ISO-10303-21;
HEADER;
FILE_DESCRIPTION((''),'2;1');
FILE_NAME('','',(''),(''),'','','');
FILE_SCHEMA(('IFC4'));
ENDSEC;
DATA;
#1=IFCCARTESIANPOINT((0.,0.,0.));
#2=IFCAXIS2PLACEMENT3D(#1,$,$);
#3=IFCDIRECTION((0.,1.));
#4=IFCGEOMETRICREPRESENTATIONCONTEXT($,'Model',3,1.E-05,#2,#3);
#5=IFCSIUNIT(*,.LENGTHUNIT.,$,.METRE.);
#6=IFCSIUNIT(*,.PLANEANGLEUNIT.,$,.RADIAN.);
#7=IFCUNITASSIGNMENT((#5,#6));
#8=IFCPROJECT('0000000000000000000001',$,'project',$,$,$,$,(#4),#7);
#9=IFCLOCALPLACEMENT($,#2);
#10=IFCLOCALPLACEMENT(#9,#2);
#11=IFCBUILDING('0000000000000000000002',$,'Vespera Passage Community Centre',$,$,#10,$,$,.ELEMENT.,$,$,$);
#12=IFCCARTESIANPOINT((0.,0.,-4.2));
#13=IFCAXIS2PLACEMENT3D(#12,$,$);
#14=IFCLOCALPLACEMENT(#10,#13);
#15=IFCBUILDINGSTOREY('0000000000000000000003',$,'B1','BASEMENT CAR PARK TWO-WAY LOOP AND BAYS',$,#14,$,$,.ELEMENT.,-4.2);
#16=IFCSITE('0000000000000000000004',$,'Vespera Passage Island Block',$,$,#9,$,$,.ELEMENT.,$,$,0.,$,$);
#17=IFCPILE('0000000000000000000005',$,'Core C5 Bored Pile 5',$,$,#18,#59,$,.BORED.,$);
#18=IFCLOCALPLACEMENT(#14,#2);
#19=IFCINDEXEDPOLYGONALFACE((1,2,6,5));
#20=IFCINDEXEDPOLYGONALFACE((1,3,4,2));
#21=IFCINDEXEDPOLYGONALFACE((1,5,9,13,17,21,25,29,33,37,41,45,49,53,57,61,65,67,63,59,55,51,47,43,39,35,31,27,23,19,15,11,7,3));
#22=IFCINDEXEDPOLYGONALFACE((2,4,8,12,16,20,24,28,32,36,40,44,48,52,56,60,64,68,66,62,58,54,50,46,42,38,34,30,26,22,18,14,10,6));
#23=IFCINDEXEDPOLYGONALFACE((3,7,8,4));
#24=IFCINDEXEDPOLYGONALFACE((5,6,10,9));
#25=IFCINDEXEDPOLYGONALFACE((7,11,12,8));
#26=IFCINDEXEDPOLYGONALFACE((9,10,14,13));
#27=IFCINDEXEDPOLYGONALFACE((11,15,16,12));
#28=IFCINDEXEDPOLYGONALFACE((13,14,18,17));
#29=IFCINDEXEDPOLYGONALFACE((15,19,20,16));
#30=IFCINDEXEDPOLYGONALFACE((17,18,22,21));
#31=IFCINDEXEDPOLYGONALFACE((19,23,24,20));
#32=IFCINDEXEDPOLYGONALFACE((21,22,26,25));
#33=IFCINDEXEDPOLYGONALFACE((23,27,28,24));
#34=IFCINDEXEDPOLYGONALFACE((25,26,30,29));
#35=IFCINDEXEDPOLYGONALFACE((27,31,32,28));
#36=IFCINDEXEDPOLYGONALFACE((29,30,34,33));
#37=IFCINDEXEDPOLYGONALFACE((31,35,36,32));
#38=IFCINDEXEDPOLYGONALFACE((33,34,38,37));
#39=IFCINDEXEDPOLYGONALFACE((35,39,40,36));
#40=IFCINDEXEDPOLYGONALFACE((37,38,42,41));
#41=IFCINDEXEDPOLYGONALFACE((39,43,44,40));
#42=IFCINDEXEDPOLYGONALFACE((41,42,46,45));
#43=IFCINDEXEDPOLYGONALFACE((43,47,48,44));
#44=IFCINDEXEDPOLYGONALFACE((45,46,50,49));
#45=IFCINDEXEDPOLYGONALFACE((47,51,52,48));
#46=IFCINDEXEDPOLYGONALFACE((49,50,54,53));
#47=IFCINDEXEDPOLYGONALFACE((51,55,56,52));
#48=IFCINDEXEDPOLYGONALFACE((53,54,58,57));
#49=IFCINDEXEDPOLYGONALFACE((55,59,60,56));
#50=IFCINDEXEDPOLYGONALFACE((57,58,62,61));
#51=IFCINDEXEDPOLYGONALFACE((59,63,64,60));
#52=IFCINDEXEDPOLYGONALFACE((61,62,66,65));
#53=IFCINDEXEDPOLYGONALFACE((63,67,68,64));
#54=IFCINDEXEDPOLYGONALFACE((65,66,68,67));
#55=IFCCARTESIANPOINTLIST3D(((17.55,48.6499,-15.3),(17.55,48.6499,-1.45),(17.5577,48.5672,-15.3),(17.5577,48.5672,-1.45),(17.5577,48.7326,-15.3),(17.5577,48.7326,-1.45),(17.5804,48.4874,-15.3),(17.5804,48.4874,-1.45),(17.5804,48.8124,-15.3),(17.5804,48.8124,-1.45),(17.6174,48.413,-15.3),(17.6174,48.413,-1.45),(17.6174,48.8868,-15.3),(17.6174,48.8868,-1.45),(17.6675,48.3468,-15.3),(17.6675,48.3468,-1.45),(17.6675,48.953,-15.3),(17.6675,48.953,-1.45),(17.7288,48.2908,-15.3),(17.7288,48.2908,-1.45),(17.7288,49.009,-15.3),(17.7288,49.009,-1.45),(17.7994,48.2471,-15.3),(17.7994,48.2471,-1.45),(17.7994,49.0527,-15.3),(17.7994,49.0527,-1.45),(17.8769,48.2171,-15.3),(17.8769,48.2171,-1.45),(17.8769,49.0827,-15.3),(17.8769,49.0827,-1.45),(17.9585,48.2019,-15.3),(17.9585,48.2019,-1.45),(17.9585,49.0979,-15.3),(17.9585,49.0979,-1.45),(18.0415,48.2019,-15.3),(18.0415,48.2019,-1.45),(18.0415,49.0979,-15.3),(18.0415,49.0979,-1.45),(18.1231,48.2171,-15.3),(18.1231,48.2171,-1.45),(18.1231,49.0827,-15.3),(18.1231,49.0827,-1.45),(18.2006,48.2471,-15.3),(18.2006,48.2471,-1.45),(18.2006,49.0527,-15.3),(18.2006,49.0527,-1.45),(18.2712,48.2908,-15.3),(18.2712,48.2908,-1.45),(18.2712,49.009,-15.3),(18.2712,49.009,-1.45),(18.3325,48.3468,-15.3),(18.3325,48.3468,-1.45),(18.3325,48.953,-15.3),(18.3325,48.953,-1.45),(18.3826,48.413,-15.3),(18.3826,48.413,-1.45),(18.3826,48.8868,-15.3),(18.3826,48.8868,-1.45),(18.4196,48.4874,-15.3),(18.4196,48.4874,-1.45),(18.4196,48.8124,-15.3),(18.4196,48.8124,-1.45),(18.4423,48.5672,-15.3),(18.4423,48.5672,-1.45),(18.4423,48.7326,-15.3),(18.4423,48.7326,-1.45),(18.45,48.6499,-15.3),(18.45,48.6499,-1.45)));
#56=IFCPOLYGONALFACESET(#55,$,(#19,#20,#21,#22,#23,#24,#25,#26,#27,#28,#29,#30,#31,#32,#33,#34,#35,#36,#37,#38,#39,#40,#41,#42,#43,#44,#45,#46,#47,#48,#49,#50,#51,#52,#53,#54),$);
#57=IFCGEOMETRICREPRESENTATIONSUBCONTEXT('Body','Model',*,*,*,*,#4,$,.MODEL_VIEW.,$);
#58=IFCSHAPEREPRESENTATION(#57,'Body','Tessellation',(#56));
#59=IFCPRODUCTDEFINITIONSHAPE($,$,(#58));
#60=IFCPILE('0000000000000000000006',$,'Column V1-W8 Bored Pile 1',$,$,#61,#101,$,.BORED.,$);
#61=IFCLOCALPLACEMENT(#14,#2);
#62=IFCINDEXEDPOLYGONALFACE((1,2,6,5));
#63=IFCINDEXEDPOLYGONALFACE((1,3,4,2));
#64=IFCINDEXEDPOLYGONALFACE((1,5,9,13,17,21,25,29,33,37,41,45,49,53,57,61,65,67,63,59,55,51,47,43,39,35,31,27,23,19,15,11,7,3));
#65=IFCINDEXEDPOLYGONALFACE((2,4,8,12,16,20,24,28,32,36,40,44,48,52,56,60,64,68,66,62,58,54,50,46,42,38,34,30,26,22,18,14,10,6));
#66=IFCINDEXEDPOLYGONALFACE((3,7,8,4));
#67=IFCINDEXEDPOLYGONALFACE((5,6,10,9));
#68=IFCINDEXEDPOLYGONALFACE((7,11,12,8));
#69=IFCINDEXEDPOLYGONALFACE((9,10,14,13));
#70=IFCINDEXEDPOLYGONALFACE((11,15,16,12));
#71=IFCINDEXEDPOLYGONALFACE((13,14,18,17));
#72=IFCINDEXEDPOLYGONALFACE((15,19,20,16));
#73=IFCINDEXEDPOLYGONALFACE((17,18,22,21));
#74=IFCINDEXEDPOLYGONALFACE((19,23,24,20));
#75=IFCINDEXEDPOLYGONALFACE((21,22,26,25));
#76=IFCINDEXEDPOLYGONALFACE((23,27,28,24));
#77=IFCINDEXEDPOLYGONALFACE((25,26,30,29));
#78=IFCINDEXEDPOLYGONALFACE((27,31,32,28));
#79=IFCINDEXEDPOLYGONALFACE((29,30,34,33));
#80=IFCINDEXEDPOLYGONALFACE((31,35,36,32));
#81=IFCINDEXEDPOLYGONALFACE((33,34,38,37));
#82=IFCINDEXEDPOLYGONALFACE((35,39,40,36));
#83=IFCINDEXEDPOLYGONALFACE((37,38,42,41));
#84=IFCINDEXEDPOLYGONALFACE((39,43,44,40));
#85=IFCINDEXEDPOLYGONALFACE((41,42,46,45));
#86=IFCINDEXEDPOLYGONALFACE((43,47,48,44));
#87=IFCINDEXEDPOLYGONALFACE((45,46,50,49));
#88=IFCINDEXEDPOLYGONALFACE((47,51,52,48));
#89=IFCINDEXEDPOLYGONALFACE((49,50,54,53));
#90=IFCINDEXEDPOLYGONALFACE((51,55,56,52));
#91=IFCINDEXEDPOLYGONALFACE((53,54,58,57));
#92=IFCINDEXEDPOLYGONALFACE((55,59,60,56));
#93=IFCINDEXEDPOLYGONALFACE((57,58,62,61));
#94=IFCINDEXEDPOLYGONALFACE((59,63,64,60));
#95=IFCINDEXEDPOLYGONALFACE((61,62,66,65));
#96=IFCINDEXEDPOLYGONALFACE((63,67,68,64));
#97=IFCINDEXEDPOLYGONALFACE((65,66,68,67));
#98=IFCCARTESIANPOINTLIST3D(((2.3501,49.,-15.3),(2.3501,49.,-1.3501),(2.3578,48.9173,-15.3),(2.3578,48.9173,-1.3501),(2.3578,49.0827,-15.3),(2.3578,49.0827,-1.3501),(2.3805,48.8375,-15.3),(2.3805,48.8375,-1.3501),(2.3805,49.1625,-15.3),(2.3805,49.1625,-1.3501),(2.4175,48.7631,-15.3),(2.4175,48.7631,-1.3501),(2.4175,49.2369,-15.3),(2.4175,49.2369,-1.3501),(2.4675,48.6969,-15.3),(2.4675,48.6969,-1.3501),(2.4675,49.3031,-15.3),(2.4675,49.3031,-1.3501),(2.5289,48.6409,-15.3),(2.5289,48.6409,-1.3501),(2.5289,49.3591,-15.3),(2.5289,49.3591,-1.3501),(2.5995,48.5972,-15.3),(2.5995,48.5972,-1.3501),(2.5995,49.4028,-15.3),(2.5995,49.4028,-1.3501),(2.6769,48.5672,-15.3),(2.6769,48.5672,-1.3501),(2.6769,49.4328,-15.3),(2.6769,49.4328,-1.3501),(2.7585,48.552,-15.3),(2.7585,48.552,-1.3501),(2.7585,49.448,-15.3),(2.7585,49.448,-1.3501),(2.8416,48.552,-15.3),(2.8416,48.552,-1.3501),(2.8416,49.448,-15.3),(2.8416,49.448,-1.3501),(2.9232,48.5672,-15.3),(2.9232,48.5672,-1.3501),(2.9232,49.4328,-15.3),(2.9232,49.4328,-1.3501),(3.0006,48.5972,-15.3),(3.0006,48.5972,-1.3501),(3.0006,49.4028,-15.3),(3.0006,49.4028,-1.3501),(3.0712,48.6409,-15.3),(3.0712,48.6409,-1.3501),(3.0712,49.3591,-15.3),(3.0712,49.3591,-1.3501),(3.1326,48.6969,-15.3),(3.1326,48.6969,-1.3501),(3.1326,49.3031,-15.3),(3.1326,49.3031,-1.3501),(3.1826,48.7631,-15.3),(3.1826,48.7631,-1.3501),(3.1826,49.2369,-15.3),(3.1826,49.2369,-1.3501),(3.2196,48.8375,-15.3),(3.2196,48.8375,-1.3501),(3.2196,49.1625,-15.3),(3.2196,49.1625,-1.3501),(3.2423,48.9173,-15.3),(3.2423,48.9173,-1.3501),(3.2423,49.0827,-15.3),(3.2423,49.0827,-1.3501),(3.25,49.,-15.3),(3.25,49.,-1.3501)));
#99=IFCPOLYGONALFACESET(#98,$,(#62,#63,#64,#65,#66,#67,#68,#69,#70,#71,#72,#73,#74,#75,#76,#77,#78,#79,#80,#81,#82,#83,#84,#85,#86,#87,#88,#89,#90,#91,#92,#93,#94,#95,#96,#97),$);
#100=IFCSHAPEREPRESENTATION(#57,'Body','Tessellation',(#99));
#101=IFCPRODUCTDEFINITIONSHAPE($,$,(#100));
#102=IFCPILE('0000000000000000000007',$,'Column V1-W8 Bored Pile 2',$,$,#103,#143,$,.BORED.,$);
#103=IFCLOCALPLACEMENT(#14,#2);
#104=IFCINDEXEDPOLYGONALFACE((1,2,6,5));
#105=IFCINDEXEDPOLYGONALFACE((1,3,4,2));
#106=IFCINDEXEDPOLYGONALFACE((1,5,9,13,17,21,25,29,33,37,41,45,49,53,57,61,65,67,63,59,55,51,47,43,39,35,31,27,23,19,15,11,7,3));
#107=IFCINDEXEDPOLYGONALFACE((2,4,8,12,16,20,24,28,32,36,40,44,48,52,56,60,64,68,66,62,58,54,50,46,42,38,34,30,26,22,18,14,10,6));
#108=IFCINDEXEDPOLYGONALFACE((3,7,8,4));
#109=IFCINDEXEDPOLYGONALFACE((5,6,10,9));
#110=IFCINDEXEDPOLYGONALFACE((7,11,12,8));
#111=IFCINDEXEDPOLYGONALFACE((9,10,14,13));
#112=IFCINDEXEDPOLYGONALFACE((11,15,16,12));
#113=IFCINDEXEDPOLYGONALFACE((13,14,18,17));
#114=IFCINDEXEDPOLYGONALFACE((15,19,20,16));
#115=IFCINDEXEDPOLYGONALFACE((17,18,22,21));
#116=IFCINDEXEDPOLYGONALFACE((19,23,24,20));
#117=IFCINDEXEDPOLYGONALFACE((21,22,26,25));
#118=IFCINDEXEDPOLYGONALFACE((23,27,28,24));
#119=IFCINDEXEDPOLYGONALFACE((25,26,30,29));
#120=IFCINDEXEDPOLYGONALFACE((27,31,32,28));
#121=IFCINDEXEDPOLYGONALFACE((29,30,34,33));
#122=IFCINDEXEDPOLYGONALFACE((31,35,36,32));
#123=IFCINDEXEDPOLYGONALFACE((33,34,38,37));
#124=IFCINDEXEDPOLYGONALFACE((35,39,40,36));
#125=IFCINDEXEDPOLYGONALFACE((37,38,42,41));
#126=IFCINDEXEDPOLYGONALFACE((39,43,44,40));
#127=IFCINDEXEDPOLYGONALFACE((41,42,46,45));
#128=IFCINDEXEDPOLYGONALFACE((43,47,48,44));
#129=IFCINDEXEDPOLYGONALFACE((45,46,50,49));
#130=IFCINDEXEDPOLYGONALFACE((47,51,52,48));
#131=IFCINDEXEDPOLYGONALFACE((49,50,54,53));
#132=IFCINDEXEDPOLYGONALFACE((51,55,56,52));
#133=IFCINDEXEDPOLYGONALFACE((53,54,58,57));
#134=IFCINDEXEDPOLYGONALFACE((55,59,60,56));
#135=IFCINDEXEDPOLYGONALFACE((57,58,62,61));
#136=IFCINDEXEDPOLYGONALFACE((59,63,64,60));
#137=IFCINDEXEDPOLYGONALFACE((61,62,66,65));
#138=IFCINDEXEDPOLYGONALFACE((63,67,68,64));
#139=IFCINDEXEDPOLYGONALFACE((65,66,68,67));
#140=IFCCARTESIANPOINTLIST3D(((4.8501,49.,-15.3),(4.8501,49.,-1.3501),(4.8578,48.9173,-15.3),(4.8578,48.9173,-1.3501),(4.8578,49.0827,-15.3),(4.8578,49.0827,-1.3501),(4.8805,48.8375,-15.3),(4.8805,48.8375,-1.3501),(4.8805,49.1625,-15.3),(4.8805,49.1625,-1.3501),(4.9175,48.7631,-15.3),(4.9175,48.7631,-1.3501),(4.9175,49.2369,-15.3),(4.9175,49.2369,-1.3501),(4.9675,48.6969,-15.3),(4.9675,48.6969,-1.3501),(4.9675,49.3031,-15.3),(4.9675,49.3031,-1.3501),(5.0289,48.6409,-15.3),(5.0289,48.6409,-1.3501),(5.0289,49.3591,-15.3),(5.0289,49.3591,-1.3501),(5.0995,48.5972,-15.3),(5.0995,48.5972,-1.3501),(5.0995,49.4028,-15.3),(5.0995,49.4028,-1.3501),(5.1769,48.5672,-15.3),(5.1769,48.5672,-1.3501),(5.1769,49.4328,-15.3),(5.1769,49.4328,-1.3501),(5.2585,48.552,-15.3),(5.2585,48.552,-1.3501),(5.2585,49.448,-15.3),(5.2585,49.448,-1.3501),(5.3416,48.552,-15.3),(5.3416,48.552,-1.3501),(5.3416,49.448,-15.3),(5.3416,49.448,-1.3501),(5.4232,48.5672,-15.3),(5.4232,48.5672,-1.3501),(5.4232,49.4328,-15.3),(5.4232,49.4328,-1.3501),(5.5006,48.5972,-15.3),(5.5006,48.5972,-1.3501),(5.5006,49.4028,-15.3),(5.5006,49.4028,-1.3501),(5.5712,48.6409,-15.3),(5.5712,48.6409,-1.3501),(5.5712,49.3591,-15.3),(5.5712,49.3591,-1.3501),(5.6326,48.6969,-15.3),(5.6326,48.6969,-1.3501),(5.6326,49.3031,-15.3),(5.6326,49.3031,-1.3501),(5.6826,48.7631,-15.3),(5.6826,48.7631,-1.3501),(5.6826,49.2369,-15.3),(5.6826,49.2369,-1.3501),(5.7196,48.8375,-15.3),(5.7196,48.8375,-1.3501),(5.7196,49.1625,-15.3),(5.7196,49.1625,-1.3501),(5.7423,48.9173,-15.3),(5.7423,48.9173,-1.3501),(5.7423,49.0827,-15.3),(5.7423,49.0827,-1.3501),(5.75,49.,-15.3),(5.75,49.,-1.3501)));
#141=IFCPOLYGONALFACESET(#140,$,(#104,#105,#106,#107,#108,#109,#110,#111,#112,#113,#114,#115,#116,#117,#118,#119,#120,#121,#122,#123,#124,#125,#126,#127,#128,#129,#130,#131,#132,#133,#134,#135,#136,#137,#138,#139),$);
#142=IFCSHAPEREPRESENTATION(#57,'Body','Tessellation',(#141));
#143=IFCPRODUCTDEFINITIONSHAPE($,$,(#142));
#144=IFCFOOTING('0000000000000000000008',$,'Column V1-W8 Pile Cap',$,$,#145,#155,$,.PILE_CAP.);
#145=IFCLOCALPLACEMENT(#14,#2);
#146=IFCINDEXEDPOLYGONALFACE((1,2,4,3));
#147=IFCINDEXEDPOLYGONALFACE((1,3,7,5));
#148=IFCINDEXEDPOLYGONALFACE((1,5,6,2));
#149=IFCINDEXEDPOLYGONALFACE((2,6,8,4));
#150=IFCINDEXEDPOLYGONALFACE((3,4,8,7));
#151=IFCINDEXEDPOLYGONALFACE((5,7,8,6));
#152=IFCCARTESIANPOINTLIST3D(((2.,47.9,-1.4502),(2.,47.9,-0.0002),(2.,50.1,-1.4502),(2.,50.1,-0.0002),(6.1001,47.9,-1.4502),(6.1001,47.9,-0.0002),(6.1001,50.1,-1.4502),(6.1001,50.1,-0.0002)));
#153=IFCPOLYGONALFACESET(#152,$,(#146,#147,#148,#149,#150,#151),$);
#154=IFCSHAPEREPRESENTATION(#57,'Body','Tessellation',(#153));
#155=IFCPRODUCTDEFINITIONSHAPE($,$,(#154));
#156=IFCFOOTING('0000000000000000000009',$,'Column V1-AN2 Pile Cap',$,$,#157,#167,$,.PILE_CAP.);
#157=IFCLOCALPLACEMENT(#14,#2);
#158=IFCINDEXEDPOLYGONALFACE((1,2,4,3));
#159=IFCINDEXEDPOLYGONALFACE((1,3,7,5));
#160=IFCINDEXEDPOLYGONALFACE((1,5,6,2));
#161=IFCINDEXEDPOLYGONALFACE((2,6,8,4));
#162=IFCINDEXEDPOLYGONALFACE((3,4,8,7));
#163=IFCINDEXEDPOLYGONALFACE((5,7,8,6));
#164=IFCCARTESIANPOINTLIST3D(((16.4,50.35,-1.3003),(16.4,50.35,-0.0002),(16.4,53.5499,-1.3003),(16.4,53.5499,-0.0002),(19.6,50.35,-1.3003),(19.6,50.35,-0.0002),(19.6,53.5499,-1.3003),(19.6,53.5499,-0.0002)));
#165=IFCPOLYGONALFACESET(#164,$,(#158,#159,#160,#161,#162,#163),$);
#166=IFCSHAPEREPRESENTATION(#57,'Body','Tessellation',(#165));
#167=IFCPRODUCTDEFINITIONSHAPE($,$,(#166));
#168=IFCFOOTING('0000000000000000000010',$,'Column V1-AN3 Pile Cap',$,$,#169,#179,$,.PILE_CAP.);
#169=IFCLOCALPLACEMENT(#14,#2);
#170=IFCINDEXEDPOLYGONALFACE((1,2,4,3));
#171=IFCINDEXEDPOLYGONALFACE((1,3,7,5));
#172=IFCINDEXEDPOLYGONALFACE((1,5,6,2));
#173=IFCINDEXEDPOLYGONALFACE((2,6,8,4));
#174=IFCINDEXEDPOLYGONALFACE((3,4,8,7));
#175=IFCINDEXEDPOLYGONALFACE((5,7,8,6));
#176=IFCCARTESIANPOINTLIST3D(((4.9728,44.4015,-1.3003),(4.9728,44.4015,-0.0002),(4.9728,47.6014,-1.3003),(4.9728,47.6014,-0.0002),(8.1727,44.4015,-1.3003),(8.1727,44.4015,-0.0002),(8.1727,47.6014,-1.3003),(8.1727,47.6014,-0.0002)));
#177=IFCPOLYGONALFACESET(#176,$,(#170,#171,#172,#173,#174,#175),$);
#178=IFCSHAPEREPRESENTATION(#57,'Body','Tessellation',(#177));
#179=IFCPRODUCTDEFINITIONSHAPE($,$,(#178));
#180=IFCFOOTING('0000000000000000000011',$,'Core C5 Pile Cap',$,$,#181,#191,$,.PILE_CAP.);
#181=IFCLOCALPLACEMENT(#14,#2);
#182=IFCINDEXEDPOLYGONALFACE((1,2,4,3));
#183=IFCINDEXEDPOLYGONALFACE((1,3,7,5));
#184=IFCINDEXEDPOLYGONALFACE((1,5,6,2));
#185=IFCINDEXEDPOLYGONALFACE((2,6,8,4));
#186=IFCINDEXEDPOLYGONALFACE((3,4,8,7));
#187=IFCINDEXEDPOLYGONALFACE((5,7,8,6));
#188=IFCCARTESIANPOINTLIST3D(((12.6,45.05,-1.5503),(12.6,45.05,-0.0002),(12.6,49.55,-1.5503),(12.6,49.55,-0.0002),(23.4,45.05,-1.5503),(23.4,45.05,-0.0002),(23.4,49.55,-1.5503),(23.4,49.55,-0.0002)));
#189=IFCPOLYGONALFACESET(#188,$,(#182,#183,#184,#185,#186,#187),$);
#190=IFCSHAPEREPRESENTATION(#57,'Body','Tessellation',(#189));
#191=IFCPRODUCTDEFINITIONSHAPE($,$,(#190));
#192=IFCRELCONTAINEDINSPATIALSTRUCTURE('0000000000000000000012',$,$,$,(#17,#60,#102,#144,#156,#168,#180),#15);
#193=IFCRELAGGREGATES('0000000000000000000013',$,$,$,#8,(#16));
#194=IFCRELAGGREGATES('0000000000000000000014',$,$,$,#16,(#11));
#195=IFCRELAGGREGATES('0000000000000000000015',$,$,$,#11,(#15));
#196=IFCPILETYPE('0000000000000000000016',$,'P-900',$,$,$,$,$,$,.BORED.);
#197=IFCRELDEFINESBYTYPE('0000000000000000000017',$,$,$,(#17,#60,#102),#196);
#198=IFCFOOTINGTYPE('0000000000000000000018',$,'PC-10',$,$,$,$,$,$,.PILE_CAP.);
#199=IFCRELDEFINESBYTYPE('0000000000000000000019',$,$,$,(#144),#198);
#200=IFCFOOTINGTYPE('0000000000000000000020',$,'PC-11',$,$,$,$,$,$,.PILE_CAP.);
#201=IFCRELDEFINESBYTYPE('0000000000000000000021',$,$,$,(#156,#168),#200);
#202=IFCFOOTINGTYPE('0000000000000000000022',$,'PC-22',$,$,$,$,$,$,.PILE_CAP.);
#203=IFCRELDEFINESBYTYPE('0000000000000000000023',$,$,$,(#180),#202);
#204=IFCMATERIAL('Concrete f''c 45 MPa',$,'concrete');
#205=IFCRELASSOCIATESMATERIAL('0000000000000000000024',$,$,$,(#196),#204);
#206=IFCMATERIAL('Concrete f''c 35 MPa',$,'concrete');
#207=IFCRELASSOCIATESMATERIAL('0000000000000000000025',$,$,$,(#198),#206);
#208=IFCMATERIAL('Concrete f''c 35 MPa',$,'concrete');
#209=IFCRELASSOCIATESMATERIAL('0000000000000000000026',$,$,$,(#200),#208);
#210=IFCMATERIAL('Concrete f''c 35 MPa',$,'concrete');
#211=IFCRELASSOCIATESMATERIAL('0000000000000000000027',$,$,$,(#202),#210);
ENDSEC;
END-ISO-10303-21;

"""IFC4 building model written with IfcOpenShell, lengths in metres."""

from ifc_helpers import new_model, si_unit, direction, frame, origin, origin_2d, place, context, subcontext, project, spatial, rectangle, circle, extrude, material, material_profile, profile_set, type_object, element, save


model = new_model("IFC4")

# Units and contexts
model_context = context("Model", 3, precision=1e-05, world=origin(), true_north=direction((0.0, 1.0)))
body_context = subcontext(model_context, "Body", "Model", "MODEL_VIEW")
ifc_project = project(units=[si_unit("LENGTHUNIT", "METRE"), si_unit("PLANEANGLEUNIT", "RADIAN")], contexts=[model_context])

# Site, building, storey
site_placement = place(None, origin())
site = spatial("IfcSite", under=ifc_project, at=site_placement, Name="Vespera Passage Island Block", CompositionType="ELEMENT", RefElevation=0.0)
building_placement = place(site_placement, origin())
building = spatial("IfcBuilding", under=site, at=building_placement, Name="Vespera Passage Community Centre", CompositionType="ELEMENT")
storey_placement = place(building_placement, frame((0.0, 0.0, -4.2)))
storey = spatial("IfcBuildingStorey", under=building, at=storey_placement, Name="B1", Description="BASEMENT CAR PARK TWO-WAY LOOP AND BAYS", CompositionType="ELEMENT", Elevation=-4.2)

# Piles
ifc_material_1 = material(Name="Concrete f'c 45 MPa", Category="concrete")
ifc_material_profile_1 = material_profile(ifc_material_1, circle(Radius=0.45, at=origin_2d()), Name="PILE900DIA")
ifc_profile_set_1 = profile_set([ifc_material_profile_1], Name="Concrete f'c 45 MPa")
pile_type_1 = type_object("IfcPileType", Name="P-900", PredefinedType="BORED", material=ifc_profile_set_1)
for number, where, z_axis, x_axis, name in (
    (1, (18.0, 48.6499, -1.45), (0.0, 0.0, -1.0), (1.0, 0.0, 0.0), "Core C5 Bored Pile 5"),
):
    element("IfcPile", number, at=place(storey_placement, frame(where, z_axis=z_axis, x_axis=x_axis)), inside=storey, type_object=pile_type_1, Name=name, PredefinedType="BORED", context=body_context, shape_type="SweptSolid", body=[
        extrude(circle(Radius=0.45, at=origin_2d()), origin(), (0.0, 0.0, 1.0), 13.8501),
    ])
for number, where, z_axis, x_axis, name in (
    (2, (2.8, 49.0, -1.3501), (0.0, 0.0, -1.0), (1.0, 0.0, 0.0), "Column V1-W8 Bored Pile 1"),
    (3, (5.3, 49.0, -1.3501), (0.0, 0.0, -1.0), (1.0, 0.0, 0.0), "Column V1-W8 Bored Pile 2"),
):
    element("IfcPile", number, at=place(storey_placement, frame(where, z_axis=z_axis, x_axis=x_axis)), inside=storey, type_object=pile_type_1, Name=name, PredefinedType="BORED", context=body_context, shape_type="SweptSolid", body=[
        extrude(circle(Radius=0.45, at=origin_2d()), origin(), (0.0, 0.0, 1.0), 13.95),
    ])

# Footings
ifc_material_2 = material(Name="Concrete f'c 35 MPa", Category="concrete")
footing_type_1 = type_object("IfcFootingType", Name="PC-10", PredefinedType="PILE_CAP", material=ifc_material_2)
footing_1_placement = place(storey_placement, frame((4.05, 49.0, -1.4502), z_axis=(0.0, 0.0, 1.0), x_axis=(1.0, 0.0, 0.0)))
element("IfcFooting", 4, at=footing_1_placement, inside=storey, type_object=footing_type_1, Name="Column V1-W8 Pile Cap", PredefinedType="PILE_CAP", context=body_context, shape_type="SweptSolid", body=[
    extrude(rectangle(XDim=4.1001, YDim=2.2, at=origin_2d()), origin(), (0.0, 0.0, 1.0), 1.45),
])
ifc_material_3 = material(Name="Concrete f'c 35 MPa", Category="concrete")
footing_type_2 = type_object("IfcFootingType", Name="PC-11", PredefinedType="PILE_CAP", material=ifc_material_3)
for number, where, z_axis, x_axis, name in (
    (5, (18.0, 51.95, -1.3003), (0.0, 0.0, 1.0), (1.0, 0.0, 0.0), "Column V1-AN2 Pile Cap"),
    (6, (6.5728, 46.0015, -1.3003), (0.0, 0.0, 1.0), (1.0, 0.0, 0.0), "Column V1-AN3 Pile Cap"),
):
    element("IfcFooting", number, at=place(storey_placement, frame(where, z_axis=z_axis, x_axis=x_axis)), inside=storey, type_object=footing_type_2, Name=name, PredefinedType="PILE_CAP", context=body_context, shape_type="SweptSolid", body=[
        extrude(rectangle(XDim=3.2, YDim=3.2, at=origin_2d()), origin(), (0.0, 0.0, 1.0), 1.3),
    ])
ifc_material_4 = material(Name="Concrete f'c 35 MPa", Category="concrete")
footing_type_3 = type_object("IfcFootingType", Name="PC-22", PredefinedType="PILE_CAP", material=ifc_material_4)
footing_2_placement = place(storey_placement, frame((18.0, 47.3, -1.5503), z_axis=(0.0, 0.0, 1.0), x_axis=(1.0, 0.0, 0.0)))
element("IfcFooting", 7, at=footing_2_placement, inside=storey, type_object=footing_type_3, Name="Core C5 Pile Cap", PredefinedType="PILE_CAP", context=body_context, shape_type="SweptSolid", body=[
    extrude(rectangle(XDim=10.8, YDim=4.5, at=origin_2d()), origin(), (0.0, 0.0, 1.0), 1.55),
])

save(model, "model.ifc")
